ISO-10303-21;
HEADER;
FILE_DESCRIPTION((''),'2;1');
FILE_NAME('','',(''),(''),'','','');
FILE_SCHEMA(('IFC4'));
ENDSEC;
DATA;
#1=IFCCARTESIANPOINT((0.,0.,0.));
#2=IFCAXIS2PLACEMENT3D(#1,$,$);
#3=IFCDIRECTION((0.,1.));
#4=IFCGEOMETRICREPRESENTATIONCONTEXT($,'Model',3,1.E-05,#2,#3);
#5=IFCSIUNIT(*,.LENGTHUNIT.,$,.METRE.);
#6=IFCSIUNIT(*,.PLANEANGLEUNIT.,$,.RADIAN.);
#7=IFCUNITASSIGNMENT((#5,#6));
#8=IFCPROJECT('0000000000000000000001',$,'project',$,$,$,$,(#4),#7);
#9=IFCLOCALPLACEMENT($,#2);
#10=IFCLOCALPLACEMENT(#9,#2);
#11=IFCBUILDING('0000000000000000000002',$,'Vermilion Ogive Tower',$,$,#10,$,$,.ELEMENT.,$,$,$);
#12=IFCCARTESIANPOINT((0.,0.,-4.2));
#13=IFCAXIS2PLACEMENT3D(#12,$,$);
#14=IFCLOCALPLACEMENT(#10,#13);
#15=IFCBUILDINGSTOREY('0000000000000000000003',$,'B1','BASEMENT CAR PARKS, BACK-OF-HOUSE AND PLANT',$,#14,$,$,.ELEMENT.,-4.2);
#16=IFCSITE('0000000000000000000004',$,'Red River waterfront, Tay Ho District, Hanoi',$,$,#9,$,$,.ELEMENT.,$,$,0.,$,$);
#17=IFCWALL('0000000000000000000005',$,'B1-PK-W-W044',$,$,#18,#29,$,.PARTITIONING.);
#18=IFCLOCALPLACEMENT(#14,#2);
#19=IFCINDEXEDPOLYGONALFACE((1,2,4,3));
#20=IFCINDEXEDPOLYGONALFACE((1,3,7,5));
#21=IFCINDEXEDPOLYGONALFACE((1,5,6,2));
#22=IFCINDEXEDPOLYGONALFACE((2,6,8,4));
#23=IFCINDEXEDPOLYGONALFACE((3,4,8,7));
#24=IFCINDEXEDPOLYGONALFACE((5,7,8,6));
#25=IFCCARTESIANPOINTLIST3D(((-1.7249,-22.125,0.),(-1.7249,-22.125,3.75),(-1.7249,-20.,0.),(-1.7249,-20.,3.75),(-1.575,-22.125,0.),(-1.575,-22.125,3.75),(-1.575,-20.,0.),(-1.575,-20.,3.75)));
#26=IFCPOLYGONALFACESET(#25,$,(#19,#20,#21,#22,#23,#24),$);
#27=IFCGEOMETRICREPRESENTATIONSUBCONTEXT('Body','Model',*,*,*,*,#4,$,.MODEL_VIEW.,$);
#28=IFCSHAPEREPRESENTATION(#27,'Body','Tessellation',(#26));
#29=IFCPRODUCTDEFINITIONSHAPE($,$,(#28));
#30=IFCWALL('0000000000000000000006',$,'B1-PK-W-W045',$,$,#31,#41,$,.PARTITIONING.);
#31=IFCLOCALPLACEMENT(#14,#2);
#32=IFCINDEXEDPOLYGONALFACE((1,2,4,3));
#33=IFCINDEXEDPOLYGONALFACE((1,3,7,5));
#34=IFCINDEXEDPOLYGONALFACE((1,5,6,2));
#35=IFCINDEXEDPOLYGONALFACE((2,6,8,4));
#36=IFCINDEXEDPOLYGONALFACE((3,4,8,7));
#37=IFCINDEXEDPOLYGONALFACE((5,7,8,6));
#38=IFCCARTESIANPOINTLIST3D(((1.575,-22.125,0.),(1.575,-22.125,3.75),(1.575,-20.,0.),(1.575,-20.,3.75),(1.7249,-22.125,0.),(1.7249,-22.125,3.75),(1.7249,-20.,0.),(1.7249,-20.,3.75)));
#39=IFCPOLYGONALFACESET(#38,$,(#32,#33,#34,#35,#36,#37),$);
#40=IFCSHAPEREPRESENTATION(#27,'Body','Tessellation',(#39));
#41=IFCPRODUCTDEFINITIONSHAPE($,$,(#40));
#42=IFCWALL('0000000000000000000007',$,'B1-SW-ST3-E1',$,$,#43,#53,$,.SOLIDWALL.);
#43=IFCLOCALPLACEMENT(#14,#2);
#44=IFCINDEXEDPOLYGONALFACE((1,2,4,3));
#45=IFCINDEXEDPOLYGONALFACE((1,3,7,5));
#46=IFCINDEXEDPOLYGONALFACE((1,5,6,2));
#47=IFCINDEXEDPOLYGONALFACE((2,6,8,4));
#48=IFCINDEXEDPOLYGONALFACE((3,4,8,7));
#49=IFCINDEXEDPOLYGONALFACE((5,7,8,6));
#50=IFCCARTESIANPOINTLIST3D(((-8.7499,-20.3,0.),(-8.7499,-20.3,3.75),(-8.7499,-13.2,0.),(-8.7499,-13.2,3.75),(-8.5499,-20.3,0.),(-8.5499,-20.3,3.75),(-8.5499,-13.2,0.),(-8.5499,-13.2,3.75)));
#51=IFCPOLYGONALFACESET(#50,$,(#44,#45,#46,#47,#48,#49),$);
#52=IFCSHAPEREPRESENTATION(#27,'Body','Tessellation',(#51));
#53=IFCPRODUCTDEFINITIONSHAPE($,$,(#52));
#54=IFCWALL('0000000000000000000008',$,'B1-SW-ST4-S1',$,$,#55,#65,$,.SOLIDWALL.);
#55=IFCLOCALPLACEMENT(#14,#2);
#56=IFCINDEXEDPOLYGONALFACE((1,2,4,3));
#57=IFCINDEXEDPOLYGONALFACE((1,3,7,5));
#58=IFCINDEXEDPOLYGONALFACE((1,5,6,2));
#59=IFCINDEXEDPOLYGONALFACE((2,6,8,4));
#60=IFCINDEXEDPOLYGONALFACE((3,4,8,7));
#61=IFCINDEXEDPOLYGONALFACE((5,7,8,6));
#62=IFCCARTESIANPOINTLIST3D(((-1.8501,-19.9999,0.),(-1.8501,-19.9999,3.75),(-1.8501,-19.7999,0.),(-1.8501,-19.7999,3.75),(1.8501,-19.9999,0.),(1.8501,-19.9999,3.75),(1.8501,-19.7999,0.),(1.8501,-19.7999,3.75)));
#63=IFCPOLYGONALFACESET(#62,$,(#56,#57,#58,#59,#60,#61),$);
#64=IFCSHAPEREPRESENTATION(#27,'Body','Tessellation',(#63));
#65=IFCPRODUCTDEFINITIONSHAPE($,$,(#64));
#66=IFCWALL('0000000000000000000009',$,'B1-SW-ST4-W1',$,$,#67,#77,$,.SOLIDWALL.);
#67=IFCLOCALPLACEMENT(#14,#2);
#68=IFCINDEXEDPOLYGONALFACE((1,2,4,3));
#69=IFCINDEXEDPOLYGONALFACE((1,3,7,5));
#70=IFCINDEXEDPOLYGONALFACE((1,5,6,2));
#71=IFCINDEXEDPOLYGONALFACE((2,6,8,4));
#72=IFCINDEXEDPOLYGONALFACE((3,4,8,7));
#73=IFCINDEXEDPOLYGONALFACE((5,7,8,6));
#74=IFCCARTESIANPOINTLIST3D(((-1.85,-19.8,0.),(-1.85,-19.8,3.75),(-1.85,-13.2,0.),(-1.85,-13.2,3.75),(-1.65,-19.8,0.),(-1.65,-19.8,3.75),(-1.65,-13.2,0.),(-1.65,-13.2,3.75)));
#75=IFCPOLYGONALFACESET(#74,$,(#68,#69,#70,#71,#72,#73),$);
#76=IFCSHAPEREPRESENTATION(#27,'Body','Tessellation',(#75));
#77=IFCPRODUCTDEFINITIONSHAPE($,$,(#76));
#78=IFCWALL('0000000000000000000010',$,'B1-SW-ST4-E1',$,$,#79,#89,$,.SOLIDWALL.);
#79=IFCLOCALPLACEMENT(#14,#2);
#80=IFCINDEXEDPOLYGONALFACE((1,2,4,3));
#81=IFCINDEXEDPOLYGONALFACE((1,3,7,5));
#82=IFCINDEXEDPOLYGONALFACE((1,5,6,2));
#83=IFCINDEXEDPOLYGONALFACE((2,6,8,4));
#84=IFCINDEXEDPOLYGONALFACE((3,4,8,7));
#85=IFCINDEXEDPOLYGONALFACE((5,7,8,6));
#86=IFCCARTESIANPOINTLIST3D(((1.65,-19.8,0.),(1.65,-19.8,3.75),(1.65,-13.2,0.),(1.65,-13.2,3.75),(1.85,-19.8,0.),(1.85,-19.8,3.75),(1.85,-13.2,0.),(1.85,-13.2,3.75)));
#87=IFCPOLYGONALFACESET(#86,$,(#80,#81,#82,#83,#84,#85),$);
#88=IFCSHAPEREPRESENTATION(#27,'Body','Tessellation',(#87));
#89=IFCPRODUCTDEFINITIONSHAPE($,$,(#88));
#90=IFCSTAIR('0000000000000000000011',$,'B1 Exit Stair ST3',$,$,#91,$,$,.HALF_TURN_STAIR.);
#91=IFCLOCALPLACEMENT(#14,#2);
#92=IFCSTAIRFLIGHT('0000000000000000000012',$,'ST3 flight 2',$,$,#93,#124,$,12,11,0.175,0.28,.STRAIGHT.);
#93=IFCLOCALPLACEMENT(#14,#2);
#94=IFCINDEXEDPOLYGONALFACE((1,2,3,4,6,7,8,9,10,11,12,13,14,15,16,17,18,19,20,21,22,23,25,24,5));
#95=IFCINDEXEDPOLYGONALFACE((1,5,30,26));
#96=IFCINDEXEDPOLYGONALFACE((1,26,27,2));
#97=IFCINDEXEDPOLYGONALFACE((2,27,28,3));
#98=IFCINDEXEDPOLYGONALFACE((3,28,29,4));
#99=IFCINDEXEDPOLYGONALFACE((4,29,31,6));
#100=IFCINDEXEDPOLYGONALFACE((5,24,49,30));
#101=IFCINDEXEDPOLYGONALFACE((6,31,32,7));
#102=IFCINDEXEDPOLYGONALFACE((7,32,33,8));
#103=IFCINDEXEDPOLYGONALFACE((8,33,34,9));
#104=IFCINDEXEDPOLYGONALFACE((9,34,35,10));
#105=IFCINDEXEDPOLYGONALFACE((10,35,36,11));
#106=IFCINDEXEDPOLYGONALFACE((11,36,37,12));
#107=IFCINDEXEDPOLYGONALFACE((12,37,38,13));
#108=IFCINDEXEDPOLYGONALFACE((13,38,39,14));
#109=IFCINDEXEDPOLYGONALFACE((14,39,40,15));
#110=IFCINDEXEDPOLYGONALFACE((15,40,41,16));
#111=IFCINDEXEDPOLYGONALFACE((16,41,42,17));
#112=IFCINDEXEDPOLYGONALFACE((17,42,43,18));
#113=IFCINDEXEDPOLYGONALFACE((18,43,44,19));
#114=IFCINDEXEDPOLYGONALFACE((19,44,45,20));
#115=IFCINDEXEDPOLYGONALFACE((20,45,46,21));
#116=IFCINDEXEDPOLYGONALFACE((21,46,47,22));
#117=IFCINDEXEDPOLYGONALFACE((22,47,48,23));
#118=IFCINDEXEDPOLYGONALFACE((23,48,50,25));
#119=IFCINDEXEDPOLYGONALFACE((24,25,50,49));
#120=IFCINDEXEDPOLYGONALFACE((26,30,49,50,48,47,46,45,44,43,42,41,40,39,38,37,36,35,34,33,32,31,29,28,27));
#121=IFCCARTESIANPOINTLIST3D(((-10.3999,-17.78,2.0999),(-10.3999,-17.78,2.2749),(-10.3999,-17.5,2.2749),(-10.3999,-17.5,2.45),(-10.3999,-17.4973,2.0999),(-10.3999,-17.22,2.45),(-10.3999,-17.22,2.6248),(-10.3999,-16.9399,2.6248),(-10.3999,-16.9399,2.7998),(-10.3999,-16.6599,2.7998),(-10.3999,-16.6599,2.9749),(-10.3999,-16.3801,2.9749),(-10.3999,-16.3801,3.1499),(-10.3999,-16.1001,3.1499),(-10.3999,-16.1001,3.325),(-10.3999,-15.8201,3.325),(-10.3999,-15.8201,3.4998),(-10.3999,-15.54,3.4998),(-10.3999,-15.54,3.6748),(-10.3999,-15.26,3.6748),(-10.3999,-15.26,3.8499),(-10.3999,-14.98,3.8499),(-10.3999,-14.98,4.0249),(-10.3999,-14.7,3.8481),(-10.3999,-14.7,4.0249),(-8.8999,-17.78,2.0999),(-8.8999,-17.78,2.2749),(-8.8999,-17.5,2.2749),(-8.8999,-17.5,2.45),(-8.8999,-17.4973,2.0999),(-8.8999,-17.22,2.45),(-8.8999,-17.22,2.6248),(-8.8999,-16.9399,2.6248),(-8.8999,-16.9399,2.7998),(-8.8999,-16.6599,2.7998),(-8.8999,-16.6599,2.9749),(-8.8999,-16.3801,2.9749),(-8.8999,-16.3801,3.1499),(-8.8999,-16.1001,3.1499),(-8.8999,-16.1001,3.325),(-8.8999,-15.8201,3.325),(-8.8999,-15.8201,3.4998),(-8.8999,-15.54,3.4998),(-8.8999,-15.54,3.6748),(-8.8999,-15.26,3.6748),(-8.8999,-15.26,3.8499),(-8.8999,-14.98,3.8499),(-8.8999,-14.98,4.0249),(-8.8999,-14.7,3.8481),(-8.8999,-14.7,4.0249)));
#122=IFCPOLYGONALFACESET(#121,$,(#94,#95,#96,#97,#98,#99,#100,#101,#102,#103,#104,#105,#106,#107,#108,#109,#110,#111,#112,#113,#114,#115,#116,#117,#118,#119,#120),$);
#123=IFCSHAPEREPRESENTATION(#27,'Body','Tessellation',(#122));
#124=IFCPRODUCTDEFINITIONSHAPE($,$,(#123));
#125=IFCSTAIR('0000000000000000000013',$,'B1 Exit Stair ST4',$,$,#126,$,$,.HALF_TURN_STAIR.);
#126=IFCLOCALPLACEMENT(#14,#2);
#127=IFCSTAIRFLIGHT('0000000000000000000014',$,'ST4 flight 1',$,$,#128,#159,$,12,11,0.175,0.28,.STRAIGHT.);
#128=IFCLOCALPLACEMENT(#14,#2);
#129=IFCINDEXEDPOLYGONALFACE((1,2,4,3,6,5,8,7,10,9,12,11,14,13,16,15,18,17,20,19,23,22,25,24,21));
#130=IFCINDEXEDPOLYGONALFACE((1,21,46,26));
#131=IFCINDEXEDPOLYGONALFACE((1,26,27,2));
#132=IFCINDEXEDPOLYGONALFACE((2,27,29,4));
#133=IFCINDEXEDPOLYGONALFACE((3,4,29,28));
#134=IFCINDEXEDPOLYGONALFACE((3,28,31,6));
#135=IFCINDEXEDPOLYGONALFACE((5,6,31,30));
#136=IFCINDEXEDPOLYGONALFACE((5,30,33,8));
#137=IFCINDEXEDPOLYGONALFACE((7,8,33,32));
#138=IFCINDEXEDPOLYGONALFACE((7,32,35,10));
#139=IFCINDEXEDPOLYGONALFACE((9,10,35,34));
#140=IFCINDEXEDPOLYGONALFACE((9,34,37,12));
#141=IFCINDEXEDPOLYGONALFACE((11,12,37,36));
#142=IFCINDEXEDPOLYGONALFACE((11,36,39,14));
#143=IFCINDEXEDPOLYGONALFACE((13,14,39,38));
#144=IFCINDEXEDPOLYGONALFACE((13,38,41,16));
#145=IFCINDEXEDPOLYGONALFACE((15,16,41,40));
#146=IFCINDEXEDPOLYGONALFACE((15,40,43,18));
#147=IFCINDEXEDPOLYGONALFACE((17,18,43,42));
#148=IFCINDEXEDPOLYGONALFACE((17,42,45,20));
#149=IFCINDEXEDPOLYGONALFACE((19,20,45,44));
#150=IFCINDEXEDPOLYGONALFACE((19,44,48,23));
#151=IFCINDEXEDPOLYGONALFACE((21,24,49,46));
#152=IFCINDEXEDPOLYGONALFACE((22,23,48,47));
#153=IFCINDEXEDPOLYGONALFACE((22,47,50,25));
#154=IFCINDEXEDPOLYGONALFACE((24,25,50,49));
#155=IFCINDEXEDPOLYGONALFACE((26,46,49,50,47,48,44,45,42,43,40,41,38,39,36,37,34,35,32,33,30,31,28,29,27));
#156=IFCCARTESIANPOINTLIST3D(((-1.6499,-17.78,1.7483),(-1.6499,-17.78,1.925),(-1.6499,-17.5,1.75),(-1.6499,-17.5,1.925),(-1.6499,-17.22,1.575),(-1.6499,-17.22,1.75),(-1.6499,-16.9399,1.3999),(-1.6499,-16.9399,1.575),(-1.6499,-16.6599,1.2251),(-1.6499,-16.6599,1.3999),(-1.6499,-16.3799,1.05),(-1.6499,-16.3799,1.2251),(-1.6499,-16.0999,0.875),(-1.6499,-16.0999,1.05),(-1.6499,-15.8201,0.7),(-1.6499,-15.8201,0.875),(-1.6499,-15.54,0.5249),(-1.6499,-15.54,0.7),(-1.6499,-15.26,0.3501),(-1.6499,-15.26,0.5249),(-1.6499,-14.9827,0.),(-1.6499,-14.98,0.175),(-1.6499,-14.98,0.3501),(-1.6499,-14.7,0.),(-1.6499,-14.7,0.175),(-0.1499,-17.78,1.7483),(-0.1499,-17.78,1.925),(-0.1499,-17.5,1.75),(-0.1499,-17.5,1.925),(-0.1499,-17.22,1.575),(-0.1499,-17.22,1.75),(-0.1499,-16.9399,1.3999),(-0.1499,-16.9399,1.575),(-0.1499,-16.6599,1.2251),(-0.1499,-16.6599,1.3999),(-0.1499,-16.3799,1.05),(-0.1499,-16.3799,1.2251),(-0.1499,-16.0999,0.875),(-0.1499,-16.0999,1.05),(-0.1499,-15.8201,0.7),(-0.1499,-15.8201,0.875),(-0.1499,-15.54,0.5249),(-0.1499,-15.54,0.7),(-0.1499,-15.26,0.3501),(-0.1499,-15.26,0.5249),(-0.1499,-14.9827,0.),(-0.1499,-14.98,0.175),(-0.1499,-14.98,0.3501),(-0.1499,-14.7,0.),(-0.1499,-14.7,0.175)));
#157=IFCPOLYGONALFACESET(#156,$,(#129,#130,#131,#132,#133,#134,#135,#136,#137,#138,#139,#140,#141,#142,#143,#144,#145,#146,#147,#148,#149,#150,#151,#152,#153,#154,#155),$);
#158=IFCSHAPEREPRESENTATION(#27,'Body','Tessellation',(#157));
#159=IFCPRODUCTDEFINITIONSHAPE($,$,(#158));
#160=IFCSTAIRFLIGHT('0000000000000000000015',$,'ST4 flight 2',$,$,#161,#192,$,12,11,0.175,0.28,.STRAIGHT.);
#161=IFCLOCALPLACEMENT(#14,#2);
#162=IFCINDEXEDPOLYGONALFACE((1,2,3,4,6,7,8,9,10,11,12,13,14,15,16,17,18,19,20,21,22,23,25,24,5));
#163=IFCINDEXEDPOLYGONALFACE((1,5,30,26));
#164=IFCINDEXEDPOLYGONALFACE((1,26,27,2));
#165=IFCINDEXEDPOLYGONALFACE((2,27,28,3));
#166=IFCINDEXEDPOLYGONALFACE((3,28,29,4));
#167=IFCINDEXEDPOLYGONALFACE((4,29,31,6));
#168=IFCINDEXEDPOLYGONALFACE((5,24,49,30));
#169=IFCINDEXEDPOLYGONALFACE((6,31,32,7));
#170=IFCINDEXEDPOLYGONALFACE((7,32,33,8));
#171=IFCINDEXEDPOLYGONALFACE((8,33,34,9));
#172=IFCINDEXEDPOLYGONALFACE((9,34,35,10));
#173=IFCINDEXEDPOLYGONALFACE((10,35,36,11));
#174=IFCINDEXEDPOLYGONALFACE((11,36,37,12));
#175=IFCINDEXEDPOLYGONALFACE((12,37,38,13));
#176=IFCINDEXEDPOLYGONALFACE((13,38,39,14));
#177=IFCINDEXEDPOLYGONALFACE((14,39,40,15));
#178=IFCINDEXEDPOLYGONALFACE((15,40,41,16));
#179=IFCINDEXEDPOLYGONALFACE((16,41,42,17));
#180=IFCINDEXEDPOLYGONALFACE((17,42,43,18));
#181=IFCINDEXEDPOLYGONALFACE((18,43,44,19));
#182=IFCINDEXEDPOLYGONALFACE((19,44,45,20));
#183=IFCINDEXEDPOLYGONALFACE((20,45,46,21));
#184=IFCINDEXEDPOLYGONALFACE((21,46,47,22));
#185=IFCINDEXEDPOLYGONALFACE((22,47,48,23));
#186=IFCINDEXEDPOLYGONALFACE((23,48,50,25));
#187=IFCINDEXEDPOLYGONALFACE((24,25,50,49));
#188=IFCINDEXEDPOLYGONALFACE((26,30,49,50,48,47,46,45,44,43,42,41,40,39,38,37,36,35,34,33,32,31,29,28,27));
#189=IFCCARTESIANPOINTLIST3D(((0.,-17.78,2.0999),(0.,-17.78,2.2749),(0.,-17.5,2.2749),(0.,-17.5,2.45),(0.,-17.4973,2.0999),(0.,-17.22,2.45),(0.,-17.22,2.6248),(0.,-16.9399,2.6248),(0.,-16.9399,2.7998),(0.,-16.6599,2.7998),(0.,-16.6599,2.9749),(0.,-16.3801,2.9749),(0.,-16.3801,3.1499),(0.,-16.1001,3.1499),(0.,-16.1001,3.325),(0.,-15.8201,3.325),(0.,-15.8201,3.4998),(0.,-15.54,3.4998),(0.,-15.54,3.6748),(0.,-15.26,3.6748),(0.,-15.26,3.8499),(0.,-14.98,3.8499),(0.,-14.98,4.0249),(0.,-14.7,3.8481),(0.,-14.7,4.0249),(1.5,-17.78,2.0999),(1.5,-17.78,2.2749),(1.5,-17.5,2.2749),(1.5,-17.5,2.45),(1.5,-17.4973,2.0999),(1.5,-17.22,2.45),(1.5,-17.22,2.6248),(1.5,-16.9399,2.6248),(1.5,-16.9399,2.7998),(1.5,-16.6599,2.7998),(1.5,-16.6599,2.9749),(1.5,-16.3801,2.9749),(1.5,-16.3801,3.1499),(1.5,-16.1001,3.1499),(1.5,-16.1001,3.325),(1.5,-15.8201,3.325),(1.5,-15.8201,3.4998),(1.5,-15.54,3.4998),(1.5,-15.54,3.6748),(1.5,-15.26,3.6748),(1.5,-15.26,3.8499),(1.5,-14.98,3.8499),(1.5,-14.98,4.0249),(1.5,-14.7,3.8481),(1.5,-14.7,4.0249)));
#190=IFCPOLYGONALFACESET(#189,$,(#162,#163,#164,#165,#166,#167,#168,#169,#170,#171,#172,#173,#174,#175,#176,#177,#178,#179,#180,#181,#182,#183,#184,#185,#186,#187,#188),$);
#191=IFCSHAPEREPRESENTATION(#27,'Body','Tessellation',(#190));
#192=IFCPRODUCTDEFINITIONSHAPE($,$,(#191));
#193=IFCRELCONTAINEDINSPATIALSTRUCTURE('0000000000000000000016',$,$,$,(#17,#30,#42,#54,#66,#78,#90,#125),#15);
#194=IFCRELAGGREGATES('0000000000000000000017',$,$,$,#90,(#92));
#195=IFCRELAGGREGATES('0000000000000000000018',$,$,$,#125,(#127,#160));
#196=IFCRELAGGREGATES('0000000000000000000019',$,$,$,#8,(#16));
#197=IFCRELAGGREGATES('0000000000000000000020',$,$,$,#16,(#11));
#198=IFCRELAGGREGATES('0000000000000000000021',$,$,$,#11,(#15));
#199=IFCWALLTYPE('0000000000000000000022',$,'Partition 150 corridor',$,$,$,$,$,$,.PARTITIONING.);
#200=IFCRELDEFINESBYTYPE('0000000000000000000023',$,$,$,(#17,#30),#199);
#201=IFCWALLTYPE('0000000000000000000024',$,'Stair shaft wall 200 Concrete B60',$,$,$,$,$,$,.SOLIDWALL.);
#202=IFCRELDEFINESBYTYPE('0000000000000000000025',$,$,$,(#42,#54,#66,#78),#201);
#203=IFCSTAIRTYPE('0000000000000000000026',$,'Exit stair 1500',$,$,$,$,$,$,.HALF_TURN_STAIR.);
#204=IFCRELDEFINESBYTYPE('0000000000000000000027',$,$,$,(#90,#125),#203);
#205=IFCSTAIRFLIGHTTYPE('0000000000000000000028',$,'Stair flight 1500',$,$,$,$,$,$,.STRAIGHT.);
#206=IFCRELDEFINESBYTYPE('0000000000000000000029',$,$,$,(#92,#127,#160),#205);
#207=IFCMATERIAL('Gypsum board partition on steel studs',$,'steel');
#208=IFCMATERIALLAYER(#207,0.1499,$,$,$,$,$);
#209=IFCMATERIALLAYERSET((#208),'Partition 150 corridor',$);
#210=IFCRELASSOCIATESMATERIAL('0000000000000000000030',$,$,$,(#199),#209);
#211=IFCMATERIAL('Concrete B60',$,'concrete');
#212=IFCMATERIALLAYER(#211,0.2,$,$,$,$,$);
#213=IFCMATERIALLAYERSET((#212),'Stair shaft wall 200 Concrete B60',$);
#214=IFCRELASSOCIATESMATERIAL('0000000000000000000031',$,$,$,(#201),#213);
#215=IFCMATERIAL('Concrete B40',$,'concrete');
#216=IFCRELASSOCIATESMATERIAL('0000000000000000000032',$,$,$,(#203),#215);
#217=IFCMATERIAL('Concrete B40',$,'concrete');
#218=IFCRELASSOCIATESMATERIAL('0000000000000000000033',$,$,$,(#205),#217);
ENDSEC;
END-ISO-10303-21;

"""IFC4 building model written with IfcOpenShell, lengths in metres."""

from ifc_helpers import new_model, si_unit, direction, frame, frame_2d, origin, place, context, subcontext, project, spatial, polyline, rectangle, outline, extrude, material, layer, layer_set, type_object, element, aggregate, save


model = new_model("IFC4")

# Units and contexts
model_context = context("Model", 3, precision=1e-05, world=origin(), true_north=direction((0.0, 1.0)))
body_context = subcontext(model_context, "Body", "Model", "MODEL_VIEW")
ifc_project = project(units=[si_unit("LENGTHUNIT", "METRE"), si_unit("PLANEANGLEUNIT", "RADIAN")], contexts=[model_context])

# Site, building, storey
site_placement = place(None, origin())
site = spatial("IfcSite", under=ifc_project, at=site_placement, Name="Red River waterfront, Tay Ho District, Hanoi", CompositionType="ELEMENT", RefElevation=0.0)
building_placement = place(site_placement, origin())
building = spatial("IfcBuilding", under=site, at=building_placement, Name="Vermilion Ogive Tower", CompositionType="ELEMENT")
storey_placement = place(building_placement, frame((0.0, 0.0, -4.2)))
storey = spatial("IfcBuildingStorey", under=building, at=storey_placement, Name="B1", Description="BASEMENT CAR PARKS, BACK-OF-HOUSE AND PLANT", CompositionType="ELEMENT", Elevation=-4.2)

# Shared definitions
ifc_material_1 = material(Name="Gypsum board partition on steel studs", Category="steel")
ifc_layer_1 = layer(ifc_material_1, 0.1499)
ifc_layer_set_1 = layer_set([ifc_layer_1], Name="Partition 150 corridor")
wall_type_1 = type_object("IfcWallType", Name="Partition 150 corridor", PredefinedType="PARTITIONING", material=ifc_layer_set_1)

# Walls
for number, where, z_axis, x_axis, name in (
    (1, (-1.6499, -22.125, 0.0), (0.0, 0.0, 1.0), (0.0, 1.0, 0.0), "B1-PK-W-W044"),
    (2, (1.6499, -22.125, 0.0), (0.0, 0.0, 1.0), (0.0, 1.0, 0.0), "B1-PK-W-W045"),
):
    element("IfcWall", number, at=place(storey_placement, frame(where, z_axis=z_axis, x_axis=x_axis)), inside=storey, type_object=wall_type_1, Name=name, PredefinedType="PARTITIONING", context=body_context, shape_type="SweptSolid", body=[
        extrude(rectangle(XDim=2.125, YDim=0.1499, at=frame_2d((1.0625, 0.0))), origin(), (0.0, 0.0, 1.0), 3.75),
    ])
ifc_material_2 = material(Name="Concrete B60", Category="concrete")
ifc_layer_2 = layer(ifc_material_2, 0.2)
ifc_layer_set_2 = layer_set([ifc_layer_2], Name="Stair shaft wall 200 Concrete B60")
wall_type_2 = type_object("IfcWallType", Name="Stair shaft wall 200 Concrete B60", PredefinedType="SOLIDWALL", material=ifc_layer_set_2)
wall_1_placement = place(storey_placement, frame((-8.6499, -20.3, 0.0), z_axis=(0.0, 0.0, 1.0), x_axis=(0.0, 1.0, 0.0)))
element("IfcWall", 3, at=wall_1_placement, inside=storey, type_object=wall_type_2, Name="B1-SW-ST3-E1", PredefinedType="SOLIDWALL", context=body_context, shape_type="SweptSolid", body=[
    extrude(rectangle(XDim=7.1001, YDim=0.2, at=frame_2d((3.55, 0.0))), origin(), (0.0, 0.0, 1.0), 3.75),
])
wall_2_placement = place(storey_placement, frame((-1.8501, -19.8999, 0.0), z_axis=(0.0, 0.0, 1.0), x_axis=(1.0, 0.0, 0.0)))
element("IfcWall", 4, at=wall_2_placement, inside=storey, type_object=wall_type_2, Name="B1-SW-ST4-S1", PredefinedType="SOLIDWALL", context=body_context, shape_type="SweptSolid", body=[
    extrude(rectangle(XDim=3.7002, YDim=0.2, at=frame_2d((1.8501, 0.0))), origin(), (0.0, 0.0, 1.0), 3.75),
])
for number, where, z_axis, x_axis, name in (
    (5, (-1.75, -19.8, 0.0), (0.0, 0.0, 1.0), (0.0, 1.0, 0.0), "B1-SW-ST4-W1"),
    (6, (1.75, -19.8, 0.0), (0.0, 0.0, 1.0), (0.0, 1.0, 0.0), "B1-SW-ST4-E1"),
):
    element("IfcWall", number, at=place(storey_placement, frame(where, z_axis=z_axis, x_axis=x_axis)), inside=storey, type_object=wall_type_2, Name=name, PredefinedType="SOLIDWALL", context=body_context, shape_type="SweptSolid", body=[
        extrude(rectangle(XDim=6.6001, YDim=0.2, at=frame_2d((3.3, 0.0))), origin(), (0.0, 0.0, 1.0), 3.75),
    ])

# Stair, stair flight
ifc_material_3 = material(Name="Concrete B40", Category="concrete")
stair_type = type_object("IfcStairType", Name="Exit stair 1500", PredefinedType="HALF_TURN_STAIR", material=ifc_material_3)
stair_1_placement = place(storey_placement, origin())
stair_1 = element("IfcStair", 7, at=stair_1_placement, inside=storey, type_object=stair_type, Name="B1 Exit Stair ST3", PredefinedType="HALF_TURN_STAIR")
ifc_material_4 = material(Name="Concrete B40", Category="concrete")
stair_flight_type = type_object("IfcStairFlightType", Name="Stair flight 1500", PredefinedType="STRAIGHT", material=ifc_material_4)
stair_flight_1_placement = place(storey_placement, frame((-9.6499, -17.78, 2.0999), z_axis=(0.0, 0.0, 1.0), x_axis=(0.0, 1.0, 0.0)))
stair_flight_1 = element("IfcStairFlight", 8, at=stair_flight_1_placement, type_object=stair_flight_type, Name="ST3 flight 2", NumberOfRisers=12, NumberOfTreads=11, PredefinedType="STRAIGHT", RiserHeight=0.175, TreadLength=0.28, context=body_context, shape_type="SweptSolid", body=[
    extrude(outline(polyline([(0.0, 0.0), (0.0, 0.175), (0.28, 0.175), (0.28, 0.3501), (0.5601, 0.3501), (0.5601, 0.5249), (0.8401, 0.5249), (0.8401, 0.7), (1.1201, 0.7), (1.1201, 0.875), (1.3999, 0.875), (1.3999, 1.05), (1.6799, 1.05), (1.6799, 1.2251), (1.96, 1.2251), (1.96, 1.3999), (2.24, 1.3999), (2.24, 1.575), (2.52, 1.575), (2.52, 1.75), (2.8, 1.75), (2.8, 1.925), (3.0801, 1.925), (3.0801, 2.1001), (3.0801, 1.7483), (0.2827, 0.0), (0.0, 0.0)])), frame((0.0, 0.75, 0.0), z_axis=(0.0, -1.0, 0.0), x_axis=(1.0, 0.0, 0.0)), (0.0, 0.0, 1.0), 1.5),
])
aggregate(stair_1, [stair_flight_1])

# Stair, stair flights
stair_2_placement = place(storey_placement, origin())
stair_2 = element("IfcStair", 9, at=stair_2_placement, inside=storey, type_object=stair_type, Name="B1 Exit Stair ST4", PredefinedType="HALF_TURN_STAIR")
stair_flight_2_placement = place(storey_placement, frame((-0.8999, -14.7, 0.0), z_axis=(0.0, 0.0, 1.0), x_axis=(0.0, -1.0, 0.0)))
stair_flight_2 = element("IfcStairFlight", 10, at=stair_flight_2_placement, type_object=stair_flight_type, Name="ST4 flight 1", NumberOfRisers=12, NumberOfTreads=11, PredefinedType="STRAIGHT", RiserHeight=0.175, TreadLength=0.28, context=body_context, shape_type="SweptSolid", body=[
    extrude(outline(polyline([(0.0, 0.0), (0.0, 0.175), (0.28, 0.175), (0.28, 0.3501), (0.5601, 0.3501), (0.5601, 0.5249), (0.8401, 0.5249), (0.8401, 0.7), (1.1201, 0.7), (1.1201, 0.875), (1.3999, 0.875), (1.3999, 1.05), (1.6799, 1.05), (1.6799, 1.2251), (1.96, 1.2251), (1.96, 1.3999), (2.24, 1.3999), (2.24, 1.575), (2.52, 1.575), (2.52, 1.75), (2.8, 1.75), (2.8, 1.925), (3.0801, 1.925), (3.0801, 2.1001), (3.0801, 1.7483), (0.2827, 0.0), (0.0, 0.0)])), frame((0.0, 0.75, 0.0), z_axis=(0.0, -1.0, 0.0), x_axis=(1.0, 0.0, 0.0)), (0.0, 0.0, 1.0), 1.5),
])
stair_flight_3_placement = place(storey_placement, frame((0.75, -17.78, 2.0999), z_axis=(0.0, 0.0, 1.0), x_axis=(0.0, 1.0, 0.0)))
stair_flight_3 = element("IfcStairFlight", 11, at=stair_flight_3_placement, type_object=stair_flight_type, Name="ST4 flight 2", NumberOfRisers=12, NumberOfTreads=11, PredefinedType="STRAIGHT", RiserHeight=0.175, TreadLength=0.28, context=body_context, shape_type="SweptSolid", body=[
    extrude(outline(polyline([(0.0, 0.0), (0.0, 0.175), (0.28, 0.175), (0.28, 0.3501), (0.5601, 0.3501), (0.5601, 0.5249), (0.8401, 0.5249), (0.8401, 0.7), (1.1201, 0.7), (1.1201, 0.875), (1.3999, 0.875), (1.3999, 1.05), (1.6799, 1.05), (1.6799, 1.2251), (1.96, 1.2251), (1.96, 1.3999), (2.24, 1.3999), (2.24, 1.575), (2.52, 1.575), (2.52, 1.75), (2.8, 1.75), (2.8, 1.925), (3.0801, 1.925), (3.0801, 2.1001), (3.0801, 1.7483), (0.2827, 0.0), (0.0, 0.0)])), frame((0.0, 0.75, 0.0), z_axis=(0.0, -1.0, 0.0), x_axis=(1.0, 0.0, 0.0)), (0.0, 0.0, 1.0), 1.5),
])
aggregate(stair_2, [stair_flight_2, stair_flight_3])

save(model, "model.ifc")
